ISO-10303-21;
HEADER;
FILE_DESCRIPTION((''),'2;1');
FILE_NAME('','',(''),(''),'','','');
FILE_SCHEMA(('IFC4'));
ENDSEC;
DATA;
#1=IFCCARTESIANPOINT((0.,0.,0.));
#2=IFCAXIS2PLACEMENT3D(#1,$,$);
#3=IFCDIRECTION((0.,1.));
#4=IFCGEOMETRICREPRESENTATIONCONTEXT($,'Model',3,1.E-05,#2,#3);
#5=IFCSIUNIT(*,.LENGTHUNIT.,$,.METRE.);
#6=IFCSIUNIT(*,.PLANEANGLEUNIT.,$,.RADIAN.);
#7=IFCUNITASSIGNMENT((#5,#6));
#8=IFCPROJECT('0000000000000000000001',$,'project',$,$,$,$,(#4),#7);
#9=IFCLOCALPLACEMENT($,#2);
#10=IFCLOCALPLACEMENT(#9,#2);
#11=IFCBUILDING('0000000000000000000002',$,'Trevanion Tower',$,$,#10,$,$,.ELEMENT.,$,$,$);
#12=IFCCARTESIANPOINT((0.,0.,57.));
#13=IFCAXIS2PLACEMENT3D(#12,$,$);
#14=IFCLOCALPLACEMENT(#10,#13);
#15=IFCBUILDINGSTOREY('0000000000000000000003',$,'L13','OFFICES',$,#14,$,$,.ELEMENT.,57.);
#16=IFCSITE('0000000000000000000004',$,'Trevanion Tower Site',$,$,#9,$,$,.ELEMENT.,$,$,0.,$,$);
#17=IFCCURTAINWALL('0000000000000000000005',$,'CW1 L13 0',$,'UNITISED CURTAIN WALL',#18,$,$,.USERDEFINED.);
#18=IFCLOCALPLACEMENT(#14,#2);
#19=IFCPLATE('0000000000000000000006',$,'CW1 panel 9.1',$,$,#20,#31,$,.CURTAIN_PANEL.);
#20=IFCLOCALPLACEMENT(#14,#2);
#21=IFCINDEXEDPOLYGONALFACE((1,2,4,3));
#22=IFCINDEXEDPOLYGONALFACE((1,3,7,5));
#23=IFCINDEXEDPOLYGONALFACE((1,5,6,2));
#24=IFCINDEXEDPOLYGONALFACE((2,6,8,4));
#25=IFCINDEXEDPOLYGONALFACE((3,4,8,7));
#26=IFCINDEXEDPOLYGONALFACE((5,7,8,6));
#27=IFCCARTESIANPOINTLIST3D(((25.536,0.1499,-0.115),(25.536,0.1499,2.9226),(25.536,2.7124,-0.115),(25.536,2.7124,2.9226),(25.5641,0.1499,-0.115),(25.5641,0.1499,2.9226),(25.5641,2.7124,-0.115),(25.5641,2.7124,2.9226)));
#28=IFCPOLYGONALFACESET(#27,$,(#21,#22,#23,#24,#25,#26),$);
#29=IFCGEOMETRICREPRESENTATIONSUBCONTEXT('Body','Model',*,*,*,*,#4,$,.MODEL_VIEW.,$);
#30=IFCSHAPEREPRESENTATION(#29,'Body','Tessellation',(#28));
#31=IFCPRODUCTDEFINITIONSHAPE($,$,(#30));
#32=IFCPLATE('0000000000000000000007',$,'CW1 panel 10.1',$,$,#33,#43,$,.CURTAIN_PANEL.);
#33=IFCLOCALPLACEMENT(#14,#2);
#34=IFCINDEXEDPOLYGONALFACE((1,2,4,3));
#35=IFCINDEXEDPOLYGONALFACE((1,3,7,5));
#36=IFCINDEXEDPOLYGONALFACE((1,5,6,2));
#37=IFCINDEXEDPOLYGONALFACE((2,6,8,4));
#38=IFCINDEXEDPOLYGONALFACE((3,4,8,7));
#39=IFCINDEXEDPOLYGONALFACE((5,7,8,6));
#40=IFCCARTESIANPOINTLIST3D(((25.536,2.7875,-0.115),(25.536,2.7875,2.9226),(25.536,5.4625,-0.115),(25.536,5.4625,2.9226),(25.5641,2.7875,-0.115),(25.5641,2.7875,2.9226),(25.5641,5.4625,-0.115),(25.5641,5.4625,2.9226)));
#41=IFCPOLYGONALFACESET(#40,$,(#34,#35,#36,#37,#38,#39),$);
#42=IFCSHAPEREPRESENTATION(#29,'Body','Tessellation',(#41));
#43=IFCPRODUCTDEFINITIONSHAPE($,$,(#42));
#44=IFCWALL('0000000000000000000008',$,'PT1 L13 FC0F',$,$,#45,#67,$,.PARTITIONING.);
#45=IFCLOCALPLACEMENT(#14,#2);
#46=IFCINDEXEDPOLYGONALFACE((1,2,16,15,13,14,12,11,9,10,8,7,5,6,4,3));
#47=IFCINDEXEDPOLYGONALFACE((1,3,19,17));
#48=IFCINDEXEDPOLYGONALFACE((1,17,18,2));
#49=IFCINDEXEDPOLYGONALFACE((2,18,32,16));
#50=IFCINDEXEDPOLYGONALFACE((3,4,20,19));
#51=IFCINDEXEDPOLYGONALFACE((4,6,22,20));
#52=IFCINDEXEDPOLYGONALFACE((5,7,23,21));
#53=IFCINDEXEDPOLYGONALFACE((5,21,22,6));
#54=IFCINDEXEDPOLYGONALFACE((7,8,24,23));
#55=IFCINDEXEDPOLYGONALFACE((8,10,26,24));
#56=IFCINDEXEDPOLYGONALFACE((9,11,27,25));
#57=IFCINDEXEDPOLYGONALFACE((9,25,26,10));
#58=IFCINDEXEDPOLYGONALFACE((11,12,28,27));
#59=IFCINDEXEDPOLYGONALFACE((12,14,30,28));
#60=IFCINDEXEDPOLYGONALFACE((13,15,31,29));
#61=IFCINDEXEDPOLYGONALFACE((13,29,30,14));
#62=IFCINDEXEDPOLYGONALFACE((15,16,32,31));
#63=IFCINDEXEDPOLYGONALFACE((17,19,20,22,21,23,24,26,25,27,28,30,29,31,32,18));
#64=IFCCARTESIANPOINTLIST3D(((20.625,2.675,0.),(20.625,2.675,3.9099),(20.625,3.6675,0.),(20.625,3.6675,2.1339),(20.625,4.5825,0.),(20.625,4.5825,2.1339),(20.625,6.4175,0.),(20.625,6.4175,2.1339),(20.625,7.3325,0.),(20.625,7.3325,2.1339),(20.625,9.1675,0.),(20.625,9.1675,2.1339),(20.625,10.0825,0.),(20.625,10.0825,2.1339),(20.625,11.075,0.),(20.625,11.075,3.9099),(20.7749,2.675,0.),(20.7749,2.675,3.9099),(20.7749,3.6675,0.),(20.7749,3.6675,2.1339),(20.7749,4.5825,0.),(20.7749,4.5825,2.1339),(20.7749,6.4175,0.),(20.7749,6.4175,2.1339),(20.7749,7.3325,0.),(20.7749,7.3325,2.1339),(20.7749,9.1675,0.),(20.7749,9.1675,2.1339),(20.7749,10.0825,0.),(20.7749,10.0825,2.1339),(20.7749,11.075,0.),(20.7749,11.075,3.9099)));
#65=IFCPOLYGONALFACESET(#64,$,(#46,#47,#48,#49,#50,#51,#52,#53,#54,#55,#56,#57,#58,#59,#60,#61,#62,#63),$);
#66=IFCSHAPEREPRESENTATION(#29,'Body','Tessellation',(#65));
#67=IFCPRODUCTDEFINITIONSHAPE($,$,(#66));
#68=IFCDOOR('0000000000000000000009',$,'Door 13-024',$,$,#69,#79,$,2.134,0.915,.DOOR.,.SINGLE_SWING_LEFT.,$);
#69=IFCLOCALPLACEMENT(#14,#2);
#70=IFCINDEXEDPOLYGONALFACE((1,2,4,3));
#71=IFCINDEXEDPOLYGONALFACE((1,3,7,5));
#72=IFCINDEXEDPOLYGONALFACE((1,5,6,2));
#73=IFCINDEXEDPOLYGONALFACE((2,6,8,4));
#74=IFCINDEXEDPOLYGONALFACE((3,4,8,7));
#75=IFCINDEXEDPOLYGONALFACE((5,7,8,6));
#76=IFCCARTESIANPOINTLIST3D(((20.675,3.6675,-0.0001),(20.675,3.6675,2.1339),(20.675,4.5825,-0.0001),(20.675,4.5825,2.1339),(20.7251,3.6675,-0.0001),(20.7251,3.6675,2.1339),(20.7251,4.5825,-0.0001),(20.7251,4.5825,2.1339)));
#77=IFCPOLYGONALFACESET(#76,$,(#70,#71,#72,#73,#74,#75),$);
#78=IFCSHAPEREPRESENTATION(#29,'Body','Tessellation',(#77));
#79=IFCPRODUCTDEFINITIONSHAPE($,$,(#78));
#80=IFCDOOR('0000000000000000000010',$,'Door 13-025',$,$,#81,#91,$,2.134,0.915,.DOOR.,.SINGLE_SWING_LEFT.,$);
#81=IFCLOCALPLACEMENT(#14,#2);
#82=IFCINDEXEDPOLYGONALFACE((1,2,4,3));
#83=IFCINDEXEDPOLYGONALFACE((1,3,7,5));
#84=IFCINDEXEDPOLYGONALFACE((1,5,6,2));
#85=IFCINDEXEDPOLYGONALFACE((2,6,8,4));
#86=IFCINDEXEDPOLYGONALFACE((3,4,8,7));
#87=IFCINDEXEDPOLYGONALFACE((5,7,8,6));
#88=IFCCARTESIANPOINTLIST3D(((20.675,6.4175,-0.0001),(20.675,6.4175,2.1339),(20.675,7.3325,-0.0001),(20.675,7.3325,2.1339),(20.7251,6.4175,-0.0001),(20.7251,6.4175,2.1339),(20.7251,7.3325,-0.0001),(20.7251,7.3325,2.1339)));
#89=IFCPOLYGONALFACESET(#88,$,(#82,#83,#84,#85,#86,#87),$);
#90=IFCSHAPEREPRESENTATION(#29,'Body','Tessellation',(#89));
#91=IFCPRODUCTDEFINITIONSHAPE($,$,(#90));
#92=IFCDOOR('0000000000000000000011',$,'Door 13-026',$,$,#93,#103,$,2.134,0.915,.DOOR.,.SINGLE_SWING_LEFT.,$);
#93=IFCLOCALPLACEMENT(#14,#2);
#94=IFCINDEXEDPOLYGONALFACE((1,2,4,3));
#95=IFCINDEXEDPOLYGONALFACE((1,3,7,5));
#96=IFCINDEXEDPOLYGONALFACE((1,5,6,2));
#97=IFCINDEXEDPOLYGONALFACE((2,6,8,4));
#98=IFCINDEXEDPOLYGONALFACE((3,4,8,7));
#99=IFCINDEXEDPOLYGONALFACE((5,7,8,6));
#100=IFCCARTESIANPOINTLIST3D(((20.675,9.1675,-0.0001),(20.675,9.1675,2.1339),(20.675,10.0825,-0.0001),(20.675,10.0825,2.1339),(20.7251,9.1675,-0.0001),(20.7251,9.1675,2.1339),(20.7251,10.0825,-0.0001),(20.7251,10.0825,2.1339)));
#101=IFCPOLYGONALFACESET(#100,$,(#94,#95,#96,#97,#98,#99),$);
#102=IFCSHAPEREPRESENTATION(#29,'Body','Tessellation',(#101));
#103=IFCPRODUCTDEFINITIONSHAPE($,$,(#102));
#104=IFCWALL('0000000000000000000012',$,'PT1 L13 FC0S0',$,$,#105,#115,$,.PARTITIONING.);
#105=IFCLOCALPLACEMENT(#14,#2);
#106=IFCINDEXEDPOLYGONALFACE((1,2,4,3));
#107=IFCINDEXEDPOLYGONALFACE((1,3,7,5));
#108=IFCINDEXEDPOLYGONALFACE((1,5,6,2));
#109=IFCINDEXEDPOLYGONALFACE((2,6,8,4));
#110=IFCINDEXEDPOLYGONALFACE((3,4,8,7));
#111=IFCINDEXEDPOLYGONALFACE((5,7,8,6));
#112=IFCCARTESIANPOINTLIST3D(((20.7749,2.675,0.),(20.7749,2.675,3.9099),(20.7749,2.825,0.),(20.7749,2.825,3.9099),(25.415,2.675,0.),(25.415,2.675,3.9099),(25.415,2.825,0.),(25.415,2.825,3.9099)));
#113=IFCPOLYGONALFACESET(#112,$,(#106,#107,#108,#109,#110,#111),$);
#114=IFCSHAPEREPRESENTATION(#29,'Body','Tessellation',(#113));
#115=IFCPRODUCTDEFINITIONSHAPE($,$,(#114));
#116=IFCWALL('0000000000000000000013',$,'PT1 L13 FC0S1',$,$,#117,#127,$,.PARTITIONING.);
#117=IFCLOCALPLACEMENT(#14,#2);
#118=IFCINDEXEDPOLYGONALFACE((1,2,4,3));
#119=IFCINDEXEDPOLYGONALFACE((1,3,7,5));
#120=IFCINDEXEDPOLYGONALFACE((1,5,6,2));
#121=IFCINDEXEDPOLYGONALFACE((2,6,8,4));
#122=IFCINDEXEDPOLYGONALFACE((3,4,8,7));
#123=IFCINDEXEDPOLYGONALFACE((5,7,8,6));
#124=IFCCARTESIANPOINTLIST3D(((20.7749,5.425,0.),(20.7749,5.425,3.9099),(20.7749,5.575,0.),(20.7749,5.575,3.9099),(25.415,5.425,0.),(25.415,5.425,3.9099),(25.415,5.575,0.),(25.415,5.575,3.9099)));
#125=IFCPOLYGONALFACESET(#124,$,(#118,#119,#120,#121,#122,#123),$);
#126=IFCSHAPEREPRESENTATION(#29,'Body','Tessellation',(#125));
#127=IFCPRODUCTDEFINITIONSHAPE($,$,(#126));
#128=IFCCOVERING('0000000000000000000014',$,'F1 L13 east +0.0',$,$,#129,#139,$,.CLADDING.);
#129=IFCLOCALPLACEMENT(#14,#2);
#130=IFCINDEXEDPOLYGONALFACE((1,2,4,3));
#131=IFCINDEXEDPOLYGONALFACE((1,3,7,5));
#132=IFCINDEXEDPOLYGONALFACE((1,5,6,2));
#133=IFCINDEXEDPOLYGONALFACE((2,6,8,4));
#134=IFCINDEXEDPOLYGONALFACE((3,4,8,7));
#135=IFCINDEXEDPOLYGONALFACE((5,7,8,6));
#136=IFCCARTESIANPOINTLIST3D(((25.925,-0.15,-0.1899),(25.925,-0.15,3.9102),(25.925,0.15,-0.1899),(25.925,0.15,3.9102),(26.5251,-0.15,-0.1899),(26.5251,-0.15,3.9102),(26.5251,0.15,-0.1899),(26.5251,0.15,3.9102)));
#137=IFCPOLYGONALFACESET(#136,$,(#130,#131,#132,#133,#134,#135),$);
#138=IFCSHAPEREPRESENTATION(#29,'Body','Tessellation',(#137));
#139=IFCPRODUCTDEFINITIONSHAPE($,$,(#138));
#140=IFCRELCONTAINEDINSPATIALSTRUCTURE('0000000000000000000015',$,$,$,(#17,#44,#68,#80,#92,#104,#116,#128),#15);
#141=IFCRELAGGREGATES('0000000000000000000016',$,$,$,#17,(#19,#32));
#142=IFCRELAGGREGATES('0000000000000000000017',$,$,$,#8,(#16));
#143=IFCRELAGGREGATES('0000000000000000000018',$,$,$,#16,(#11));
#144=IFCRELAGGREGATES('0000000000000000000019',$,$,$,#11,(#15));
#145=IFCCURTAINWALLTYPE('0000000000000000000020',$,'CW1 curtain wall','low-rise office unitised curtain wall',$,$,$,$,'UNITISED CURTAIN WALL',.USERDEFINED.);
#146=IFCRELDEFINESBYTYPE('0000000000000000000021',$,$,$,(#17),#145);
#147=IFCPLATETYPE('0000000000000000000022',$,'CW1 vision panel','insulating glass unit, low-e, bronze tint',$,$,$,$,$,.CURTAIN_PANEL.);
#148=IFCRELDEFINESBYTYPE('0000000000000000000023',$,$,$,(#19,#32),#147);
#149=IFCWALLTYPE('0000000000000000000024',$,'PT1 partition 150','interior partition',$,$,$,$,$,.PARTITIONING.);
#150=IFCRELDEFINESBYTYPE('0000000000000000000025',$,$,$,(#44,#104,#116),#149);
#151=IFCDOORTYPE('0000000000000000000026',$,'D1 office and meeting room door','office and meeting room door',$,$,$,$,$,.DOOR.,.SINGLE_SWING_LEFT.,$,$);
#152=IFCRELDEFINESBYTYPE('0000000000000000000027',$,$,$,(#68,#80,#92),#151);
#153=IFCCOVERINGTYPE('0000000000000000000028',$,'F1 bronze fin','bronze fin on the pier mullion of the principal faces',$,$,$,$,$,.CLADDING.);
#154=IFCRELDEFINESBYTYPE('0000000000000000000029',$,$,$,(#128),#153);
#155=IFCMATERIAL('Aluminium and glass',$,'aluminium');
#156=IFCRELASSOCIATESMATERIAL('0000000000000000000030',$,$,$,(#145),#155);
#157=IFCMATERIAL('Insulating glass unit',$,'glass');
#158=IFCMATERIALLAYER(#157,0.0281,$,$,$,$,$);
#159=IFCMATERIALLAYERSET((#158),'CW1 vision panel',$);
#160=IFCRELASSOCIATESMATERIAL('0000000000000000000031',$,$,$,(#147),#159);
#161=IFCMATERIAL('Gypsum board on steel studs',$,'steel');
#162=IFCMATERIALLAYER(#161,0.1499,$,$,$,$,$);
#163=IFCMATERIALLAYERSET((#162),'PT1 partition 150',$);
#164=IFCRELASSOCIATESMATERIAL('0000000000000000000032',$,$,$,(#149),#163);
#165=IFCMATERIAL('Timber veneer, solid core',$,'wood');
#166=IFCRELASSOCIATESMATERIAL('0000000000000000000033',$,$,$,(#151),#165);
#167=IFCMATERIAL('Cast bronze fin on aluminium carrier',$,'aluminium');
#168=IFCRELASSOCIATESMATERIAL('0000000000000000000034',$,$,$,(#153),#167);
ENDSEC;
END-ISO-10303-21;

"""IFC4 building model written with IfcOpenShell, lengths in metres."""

from ifc_helpers import new_model, si_unit, direction, frame, frame_2d, origin, origin_2d, place, context, subcontext, project, spatial, rectangle, extrude, material, layer, layer_set, type_object, element, fill, aggregate, save


model = new_model("IFC4")

# Units and contexts
model_context = context("Model", 3, precision=1e-05, world=origin(), true_north=direction((0.0, 1.0)))
body_context = subcontext(model_context, "Body", "Model", "MODEL_VIEW")
ifc_project = project(units=[si_unit("LENGTHUNIT", "METRE"), si_unit("PLANEANGLEUNIT", "RADIAN")], contexts=[model_context])

# Site, building, storey
site_placement = place(None, origin())
site = spatial("IfcSite", under=ifc_project, at=site_placement, Name="Trevanion Tower Site", CompositionType="ELEMENT", RefElevation=0.0)
building_placement = place(site_placement, origin())
building = spatial("IfcBuilding", under=site, at=building_placement, Name="Trevanion Tower", CompositionType="ELEMENT")
storey_placement = place(building_placement, frame((0.0, 0.0, 57.0)))
storey = spatial("IfcBuildingStorey", under=building, at=storey_placement, Name="L13", Description="OFFICES", CompositionType="ELEMENT", Elevation=57.0)

# Curtain wall
ifc_material_1 = material(Name="Aluminium and glass", Category="aluminium")
curtain_wall_type = type_object("IfcCurtainWallType", Name="CW1 curtain wall", Description="low-rise office unitised curtain wall", ElementType="UNITISED CURTAIN WALL", PredefinedType="USERDEFINED", material=ifc_material_1)
curtain_wall_placement = place(storey_placement, origin())
curtain_wall = element("IfcCurtainWall", 1, at=curtain_wall_placement, inside=storey, type_object=curtain_wall_type, Name="CW1 L13 0", ObjectType="UNITISED CURTAIN WALL", PredefinedType="USERDEFINED")

# Plates
ifc_material_2 = material(Name="Insulating glass unit", Category="glass")
ifc_layer_1 = layer(ifc_material_2, 0.0281)
ifc_layer_set_1 = layer_set([ifc_layer_1], Name="CW1 vision panel")
plate_type_1 = type_object("IfcPlateType", Name="CW1 vision panel", Description="insulating glass unit, low-e, bronze tint", PredefinedType="CURTAIN_PANEL", material=ifc_layer_set_1)
plate_1_placement = place(storey_placement, frame((25.55, 1.4312, -0.115), z_axis=(0.0, 0.0, 1.0), x_axis=(0.0, 1.0, 0.0)))
plate_1 = element("IfcPlate", 2, at=plate_1_placement, type_object=plate_type_1, Name="CW1 panel 9.1", PredefinedType="CURTAIN_PANEL", context=body_context, shape_type="SweptSolid", body=[
    extrude(rectangle(XDim=2.5625, YDim=0.0281, at=origin_2d()), origin(), (0.0, 0.0, 1.0), 3.0376),
])
plate_2_placement = place(storey_placement, frame((25.55, 4.125, -0.115), z_axis=(0.0, 0.0, 1.0), x_axis=(0.0, 1.0, 0.0)))
plate_2 = element("IfcPlate", 3, at=plate_2_placement, type_object=plate_type_1, Name="CW1 panel 10.1", PredefinedType="CURTAIN_PANEL", context=body_context, shape_type="SweptSolid", body=[
    extrude(rectangle(XDim=2.675, YDim=0.0281, at=origin_2d()), origin(), (0.0, 0.0, 1.0), 3.0376),
])
aggregate(curtain_wall, [plate_1, plate_2])

# Wall, openings, doors
ifc_material_3 = material(Name="Gypsum board on steel studs", Category="steel")
ifc_layer_2 = layer(ifc_material_3, 0.1499)
ifc_layer_set_2 = layer_set([ifc_layer_2], Name="PT1 partition 150")
wall_type = type_object("IfcWallType", Name="PT1 partition 150", Description="interior partition", PredefinedType="PARTITIONING", material=ifc_layer_set_2)
wall_placement = place(storey_placement, frame((20.7, 2.675, 0.0), z_axis=(0.0, 0.0, 1.0), x_axis=(0.0, 1.0, 0.0)))
wall = element("IfcWall", 4, at=wall_placement, inside=storey, type_object=wall_type, Name="PT1 L13 FC0F", PredefinedType="PARTITIONING", context=body_context, shape_type="SweptSolid", body=[
    extrude(rectangle(XDim=8.3999, YDim=0.1499, at=frame_2d((4.2, 0.0))), origin(), (0.0, 0.0, 1.0), 3.9099),
])
opening_1_placement = place(wall_placement, frame((0.9924, 0.0, 0.0)))
opening_1 = element("IfcOpeningElement", 5, at=opening_1_placement, cuts=wall, PredefinedType="OPENING", context=body_context, shape_type="SweptSolid", body=[
    extrude(rectangle(XDim=0.915, YDim=2.134, at=frame_2d((0.4575, 1.0669))), frame((0.0, 0.085, 0.0), z_axis=(0.0, -1.0, 0.0), x_axis=(1.0, 0.0, 0.0)), (0.0, 0.0, 1.0), 0.1699),
])
opening_2_placement = place(wall_placement, frame((3.7424, 0.0, 0.0)))
opening_2 = element("IfcOpeningElement", 6, at=opening_2_placement, cuts=wall, PredefinedType="OPENING", context=body_context, shape_type="SweptSolid", body=[
    extrude(rectangle(XDim=0.915, YDim=2.134, at=frame_2d((0.4575, 1.0669))), frame((0.0, 0.085, 0.0), z_axis=(0.0, -1.0, 0.0), x_axis=(1.0, 0.0, 0.0)), (0.0, 0.0, 1.0), 0.1699),
])
opening_3_placement = place(wall_placement, frame((6.4924, 0.0, 0.0)))
opening_3 = element("IfcOpeningElement", 7, at=opening_3_placement, cuts=wall, PredefinedType="OPENING", context=body_context, shape_type="SweptSolid", body=[
    extrude(rectangle(XDim=0.915, YDim=2.134, at=frame_2d((0.4575, 1.0669))), frame((0.0, 0.085, 0.0), z_axis=(0.0, -1.0, 0.0), x_axis=(1.0, 0.0, 0.0)), (0.0, 0.0, 1.0), 0.1699),
])
ifc_material_4 = material(Name="Timber veneer, solid core", Category="wood")
door_type = type_object("IfcDoorType", Name="D1 office and meeting room door", Description="office and meeting room door", OperationType="SINGLE_SWING_LEFT", PredefinedType="DOOR", material=ifc_material_4)
door_1_placement = place(opening_1_placement, origin())
door_1 = element("IfcDoor", 8, at=door_1_placement, inside=storey, type_object=door_type, Name="Door 13-024", OperationType="SINGLE_SWING_LEFT", OverallHeight=2.134, OverallWidth=0.915, PredefinedType="DOOR", context=body_context, shape_type="SweptSolid", body=[
    extrude(rectangle(XDim=0.915, YDim=2.134, at=frame_2d((0.4575, 1.0669))), frame((0.0, 0.0249, 0.0), z_axis=(0.0, -1.0, 0.0), x_axis=(1.0, 0.0, 0.0)), (0.0, 0.0, 1.0), 0.05),
])
fill(opening_1, door_1)
door_2_placement = place(opening_2_placement, origin())
door_2 = element("IfcDoor", 9, at=door_2_placement, inside=storey, type_object=door_type, Name="Door 13-025", OperationType="SINGLE_SWING_LEFT", OverallHeight=2.134, OverallWidth=0.915, PredefinedType="DOOR", context=body_context, shape_type="SweptSolid", body=[
    extrude(rectangle(XDim=0.915, YDim=2.134, at=frame_2d((0.4575, 1.0669))), frame((0.0, 0.0249, 0.0), z_axis=(0.0, -1.0, 0.0), x_axis=(1.0, 0.0, 0.0)), (0.0, 0.0, 1.0), 0.05),
])
fill(opening_2, door_2)
door_3_placement = place(opening_3_placement, origin())
door_3 = element("IfcDoor", 10, at=door_3_placement, inside=storey, type_object=door_type, Name="Door 13-026", OperationType="SINGLE_SWING_LEFT", OverallHeight=2.134, OverallWidth=0.915, PredefinedType="DOOR", context=body_context, shape_type="SweptSolid", body=[
    extrude(rectangle(XDim=0.915, YDim=2.134, at=frame_2d((0.4575, 1.0669))), frame((0.0, 0.0249, 0.0), z_axis=(0.0, -1.0, 0.0), x_axis=(1.0, 0.0, 0.0)), (0.0, 0.0, 1.0), 0.05),
])
fill(opening_3, door_3)

# Walls
for number, where, z_axis, x_axis, name in (
    (11, (20.7749, 2.75, 0.0), (0.0, 0.0, 1.0), (1.0, 0.0, 0.0), "PT1 L13 FC0S0"),
    (12, (20.7749, 5.5, 0.0), (0.0, 0.0, 1.0), (1.0, 0.0, 0.0), "PT1 L13 FC0S1"),
):
    element("IfcWall", number, at=place(storey_placement, frame(where, z_axis=z_axis, x_axis=x_axis)), inside=storey, type_object=wall_type, Name=name, PredefinedType="PARTITIONING", context=body_context, shape_type="SweptSolid", body=[
        extrude(rectangle(XDim=4.6401, YDim=0.1499, at=frame_2d((2.3201, 0.0))), origin(), (0.0, 0.0, 1.0), 3.9099),
    ])

# Covering
ifc_material_5 = material(Name="Cast bronze fin on aluminium carrier", Category="aluminium")
covering_type = type_object("IfcCoveringType", Name="F1 bronze fin", Description="bronze fin on the pier mullion of the principal faces", PredefinedType="CLADDING", material=ifc_material_5)
covering_placement = place(storey_placement, frame((26.2251, 0.0, -0.1899), z_axis=(0.0, 0.0, 1.0), x_axis=(0.0, 1.0, 0.0)))
element("IfcCovering", 13, at=covering_placement, inside=storey, type_object=covering_type, Name="F1 L13 east +0.0", PredefinedType="CLADDING", context=body_context, shape_type="SweptSolid", body=[
    extrude(rectangle(XDim=0.3, YDim=0.6001, at=origin_2d()), origin(), (0.0, 0.0, 1.0), 4.1001),
])

save(model, "model.ifc")
